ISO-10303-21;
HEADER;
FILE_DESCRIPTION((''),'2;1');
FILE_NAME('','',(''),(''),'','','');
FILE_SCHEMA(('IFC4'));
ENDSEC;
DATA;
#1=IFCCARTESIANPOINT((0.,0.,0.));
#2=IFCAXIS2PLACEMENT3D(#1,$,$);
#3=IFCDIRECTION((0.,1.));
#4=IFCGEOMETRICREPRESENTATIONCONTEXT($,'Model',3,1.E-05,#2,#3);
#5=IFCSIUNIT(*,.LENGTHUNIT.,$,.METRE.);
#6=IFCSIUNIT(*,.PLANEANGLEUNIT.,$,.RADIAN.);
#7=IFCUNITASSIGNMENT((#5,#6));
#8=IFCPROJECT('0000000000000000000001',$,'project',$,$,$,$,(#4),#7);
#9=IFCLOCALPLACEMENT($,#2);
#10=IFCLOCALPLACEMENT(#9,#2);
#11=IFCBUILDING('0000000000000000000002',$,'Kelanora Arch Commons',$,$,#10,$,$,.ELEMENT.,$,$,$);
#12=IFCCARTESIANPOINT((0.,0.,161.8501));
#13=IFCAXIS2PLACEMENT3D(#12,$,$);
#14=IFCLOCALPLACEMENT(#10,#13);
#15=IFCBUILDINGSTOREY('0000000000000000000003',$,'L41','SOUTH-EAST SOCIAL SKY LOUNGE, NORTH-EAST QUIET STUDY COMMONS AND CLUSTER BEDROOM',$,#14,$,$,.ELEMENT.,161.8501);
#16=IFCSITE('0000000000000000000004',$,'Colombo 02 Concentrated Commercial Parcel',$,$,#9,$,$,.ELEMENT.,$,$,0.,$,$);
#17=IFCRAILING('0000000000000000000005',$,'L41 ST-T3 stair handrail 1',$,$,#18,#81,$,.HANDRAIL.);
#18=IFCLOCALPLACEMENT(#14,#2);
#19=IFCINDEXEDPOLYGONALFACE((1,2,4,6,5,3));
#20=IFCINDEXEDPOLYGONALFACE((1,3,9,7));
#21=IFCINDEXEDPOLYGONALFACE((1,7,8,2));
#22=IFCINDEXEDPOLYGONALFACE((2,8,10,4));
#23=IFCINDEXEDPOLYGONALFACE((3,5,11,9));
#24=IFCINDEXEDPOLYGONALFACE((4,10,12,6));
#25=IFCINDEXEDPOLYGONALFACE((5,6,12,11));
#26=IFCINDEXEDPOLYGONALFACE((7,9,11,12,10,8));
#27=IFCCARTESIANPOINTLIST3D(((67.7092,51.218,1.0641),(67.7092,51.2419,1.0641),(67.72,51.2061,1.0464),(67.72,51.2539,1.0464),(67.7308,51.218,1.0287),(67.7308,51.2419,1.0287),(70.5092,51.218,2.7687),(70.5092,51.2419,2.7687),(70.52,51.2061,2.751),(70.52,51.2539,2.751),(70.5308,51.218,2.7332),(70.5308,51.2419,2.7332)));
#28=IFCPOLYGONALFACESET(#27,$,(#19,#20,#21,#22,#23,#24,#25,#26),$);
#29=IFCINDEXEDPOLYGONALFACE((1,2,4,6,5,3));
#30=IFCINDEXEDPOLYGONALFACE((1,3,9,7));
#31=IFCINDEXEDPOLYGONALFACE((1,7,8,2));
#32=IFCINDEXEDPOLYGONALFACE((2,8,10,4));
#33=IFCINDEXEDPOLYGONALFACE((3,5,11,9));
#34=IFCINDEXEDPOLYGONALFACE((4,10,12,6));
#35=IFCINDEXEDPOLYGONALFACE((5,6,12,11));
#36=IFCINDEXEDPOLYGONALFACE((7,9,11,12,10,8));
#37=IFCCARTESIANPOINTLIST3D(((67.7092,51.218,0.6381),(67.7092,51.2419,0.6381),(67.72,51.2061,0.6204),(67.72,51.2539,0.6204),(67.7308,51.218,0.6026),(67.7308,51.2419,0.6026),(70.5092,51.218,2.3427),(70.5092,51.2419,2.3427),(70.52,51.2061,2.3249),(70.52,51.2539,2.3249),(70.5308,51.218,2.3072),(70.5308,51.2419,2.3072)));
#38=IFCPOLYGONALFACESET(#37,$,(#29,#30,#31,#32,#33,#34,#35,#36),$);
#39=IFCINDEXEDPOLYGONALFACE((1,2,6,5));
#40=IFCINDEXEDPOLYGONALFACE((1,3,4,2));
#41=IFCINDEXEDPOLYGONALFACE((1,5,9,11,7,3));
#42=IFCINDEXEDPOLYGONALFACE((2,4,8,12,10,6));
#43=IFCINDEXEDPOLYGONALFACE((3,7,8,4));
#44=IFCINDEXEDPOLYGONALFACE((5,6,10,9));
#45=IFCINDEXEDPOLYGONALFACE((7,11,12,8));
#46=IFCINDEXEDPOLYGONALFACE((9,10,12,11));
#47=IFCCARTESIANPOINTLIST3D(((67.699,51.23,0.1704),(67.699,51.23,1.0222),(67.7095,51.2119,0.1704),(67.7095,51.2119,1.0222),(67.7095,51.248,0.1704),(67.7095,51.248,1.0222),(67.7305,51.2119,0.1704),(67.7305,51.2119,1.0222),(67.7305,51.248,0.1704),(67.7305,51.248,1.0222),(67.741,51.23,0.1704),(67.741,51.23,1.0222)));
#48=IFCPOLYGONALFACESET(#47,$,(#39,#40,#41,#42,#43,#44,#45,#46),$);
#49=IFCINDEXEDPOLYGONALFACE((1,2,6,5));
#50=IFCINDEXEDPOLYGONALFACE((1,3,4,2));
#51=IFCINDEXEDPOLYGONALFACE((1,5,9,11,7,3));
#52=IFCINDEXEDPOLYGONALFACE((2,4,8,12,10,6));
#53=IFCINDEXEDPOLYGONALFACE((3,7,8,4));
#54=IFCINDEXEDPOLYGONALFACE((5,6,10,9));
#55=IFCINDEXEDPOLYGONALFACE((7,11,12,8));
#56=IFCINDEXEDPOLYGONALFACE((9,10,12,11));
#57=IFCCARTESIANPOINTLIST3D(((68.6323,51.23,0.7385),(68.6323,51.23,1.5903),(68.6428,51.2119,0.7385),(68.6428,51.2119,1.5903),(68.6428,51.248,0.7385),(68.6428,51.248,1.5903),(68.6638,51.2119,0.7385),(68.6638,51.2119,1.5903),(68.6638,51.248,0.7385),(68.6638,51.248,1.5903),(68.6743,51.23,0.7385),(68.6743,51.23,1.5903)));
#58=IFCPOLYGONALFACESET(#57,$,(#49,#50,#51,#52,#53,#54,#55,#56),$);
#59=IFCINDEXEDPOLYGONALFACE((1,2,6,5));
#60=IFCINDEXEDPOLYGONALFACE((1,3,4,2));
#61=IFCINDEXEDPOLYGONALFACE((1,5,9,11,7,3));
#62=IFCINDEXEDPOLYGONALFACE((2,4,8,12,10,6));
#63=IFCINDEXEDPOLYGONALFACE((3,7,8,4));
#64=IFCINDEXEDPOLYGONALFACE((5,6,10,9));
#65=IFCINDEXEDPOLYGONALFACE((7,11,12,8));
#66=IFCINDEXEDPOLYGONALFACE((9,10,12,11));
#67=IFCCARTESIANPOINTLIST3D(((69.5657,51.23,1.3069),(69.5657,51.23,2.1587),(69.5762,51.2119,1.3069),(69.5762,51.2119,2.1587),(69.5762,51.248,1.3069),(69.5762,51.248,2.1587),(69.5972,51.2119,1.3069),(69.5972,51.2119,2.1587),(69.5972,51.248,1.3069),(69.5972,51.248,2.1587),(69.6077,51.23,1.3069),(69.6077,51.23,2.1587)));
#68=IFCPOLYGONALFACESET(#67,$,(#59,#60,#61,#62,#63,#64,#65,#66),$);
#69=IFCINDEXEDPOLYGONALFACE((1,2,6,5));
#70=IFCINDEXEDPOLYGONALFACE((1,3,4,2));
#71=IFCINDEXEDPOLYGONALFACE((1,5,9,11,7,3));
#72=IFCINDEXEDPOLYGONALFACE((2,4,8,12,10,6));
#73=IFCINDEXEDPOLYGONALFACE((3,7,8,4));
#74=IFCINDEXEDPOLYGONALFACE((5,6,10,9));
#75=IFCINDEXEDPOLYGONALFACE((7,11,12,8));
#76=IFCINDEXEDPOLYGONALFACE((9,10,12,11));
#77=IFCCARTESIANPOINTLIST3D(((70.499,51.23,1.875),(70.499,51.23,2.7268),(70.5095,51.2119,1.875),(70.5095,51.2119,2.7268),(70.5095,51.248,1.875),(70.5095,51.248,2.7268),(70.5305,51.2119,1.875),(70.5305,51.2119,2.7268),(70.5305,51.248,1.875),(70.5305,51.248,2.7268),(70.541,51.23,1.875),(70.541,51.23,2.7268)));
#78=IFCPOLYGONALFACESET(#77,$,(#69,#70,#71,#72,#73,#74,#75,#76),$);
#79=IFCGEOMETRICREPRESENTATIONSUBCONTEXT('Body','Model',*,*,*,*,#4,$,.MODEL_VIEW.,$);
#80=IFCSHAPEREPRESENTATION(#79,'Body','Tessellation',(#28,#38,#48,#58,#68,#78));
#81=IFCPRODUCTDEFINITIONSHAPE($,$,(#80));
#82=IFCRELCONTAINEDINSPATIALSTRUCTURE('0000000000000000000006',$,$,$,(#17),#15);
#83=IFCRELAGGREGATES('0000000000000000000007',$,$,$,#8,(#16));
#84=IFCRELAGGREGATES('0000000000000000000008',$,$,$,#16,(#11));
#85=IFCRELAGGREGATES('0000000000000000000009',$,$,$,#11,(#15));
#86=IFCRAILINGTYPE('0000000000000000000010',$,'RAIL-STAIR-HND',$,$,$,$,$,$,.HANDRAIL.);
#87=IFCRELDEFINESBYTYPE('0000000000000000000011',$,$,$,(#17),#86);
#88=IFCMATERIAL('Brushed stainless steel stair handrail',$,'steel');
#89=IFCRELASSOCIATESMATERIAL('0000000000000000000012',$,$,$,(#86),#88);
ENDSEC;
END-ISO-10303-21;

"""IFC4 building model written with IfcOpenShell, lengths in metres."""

from ifc_helpers import new_model, si_unit, direction, frame, origin, place, context, subcontext, project, spatial, polyline, outline, extrude, material, type_object, element, save


model = new_model("IFC4")

# Units and contexts
model_context = context("Model", 3, precision=1e-05, world=origin(), true_north=direction((0.0, 1.0)))
body_context = subcontext(model_context, "Body", "Model", "MODEL_VIEW")
ifc_project = project(units=[si_unit("LENGTHUNIT", "METRE"), si_unit("PLANEANGLEUNIT", "RADIAN")], contexts=[model_context])

# Site, building, storey
site_placement = place(None, origin())
site = spatial("IfcSite", under=ifc_project, at=site_placement, Name="Colombo 02 Concentrated Commercial Parcel", CompositionType="ELEMENT", RefElevation=0.0)
building_placement = place(site_placement, origin())
building = spatial("IfcBuilding", under=site, at=building_placement, Name="Kelanora Arch Commons", CompositionType="ELEMENT")
storey_placement = place(building_placement, frame((0.0, 0.0, 161.8501)))
storey = spatial("IfcBuildingStorey", under=building, at=storey_placement, Name="L41", Description="SOUTH-EAST SOCIAL SKY LOUNGE, NORTH-EAST QUIET STUDY COMMONS AND CLUSTER BEDROOM", CompositionType="ELEMENT", Elevation=161.8501)

# Railing
ifc_material_1 = material(Name="Brushed stainless steel stair handrail", Category="steel")
railing_type_1 = type_object("IfcRailingType", Name="RAIL-STAIR-HND", PredefinedType="HANDRAIL", material=ifc_material_1)
railing_1_placement = place(storey_placement, frame((67.72, 51.23, 0.1704)))
element("IfcRailing", 1, at=railing_1_placement, inside=storey, type_object=railing_type_1, Name="L41 ST-T3 stair handrail 1", PredefinedType="HANDRAIL", context=body_context, shape_type="SweptSolid", body=[
    extrude(outline(polyline([(0.0239, 0.0), (0.012, 0.0208), (-0.012, 0.0208), (-0.0239, 0.0), (-0.012, -0.0208), (0.012, -0.0208), (0.0239, 0.0)])), frame((0.0, 0.0, 0.876), z_axis=(0.85417, 0.0, 0.519994), x_axis=(0.0, 1.0, 0.0)), (0.0, 0.0, 1.0), 3.2781),
    extrude(outline(polyline([(0.0239, 0.0), (0.012, 0.0208), (-0.012, 0.0208), (-0.0239, 0.0), (-0.012, -0.0208), (0.012, -0.0208), (0.0239, 0.0)])), frame((0.0, 0.0, 0.45), z_axis=(0.85417, 0.0, 0.519994), x_axis=(0.0, 1.0, 0.0)), (0.0, 0.0, 1.0), 3.2781),
    extrude(outline(polyline([(0.021, 0.0), (0.0105, 0.0181), (-0.0105, 0.0181), (-0.021, 0.0), (-0.0105, -0.0181), (0.0105, -0.0181), (0.021, 0.0)])), origin(), (0.0, 0.0, 1.0), 0.8518),
    extrude(outline(polyline([(0.021, 0.0), (0.0105, 0.0181), (-0.0105, 0.0181), (-0.021, 0.0), (-0.0105, -0.0181), (0.0105, -0.0181), (0.021, 0.0)])), frame((0.9333, 0.0, 0.5681)), (0.0, 0.0, 1.0), 0.8518),
    extrude(outline(polyline([(0.021, 0.0), (0.0105, 0.0181), (-0.0105, 0.0181), (-0.021, 0.0), (-0.0105, -0.0181), (0.0105, -0.0181), (0.021, 0.0)])), frame((1.8667, 0.0, 1.1365)), (0.0, 0.0, 1.0), 0.8518),
    extrude(outline(polyline([(0.021, 0.0), (0.0105, 0.0181), (-0.0105, 0.0181), (-0.021, 0.0), (-0.0105, -0.0181), (0.0105, -0.0181), (0.021, 0.0)])), frame((2.8, 0.0, 1.7046)), (0.0, 0.0, 1.0), 0.8518),
])

save(model, "model.ifc")
